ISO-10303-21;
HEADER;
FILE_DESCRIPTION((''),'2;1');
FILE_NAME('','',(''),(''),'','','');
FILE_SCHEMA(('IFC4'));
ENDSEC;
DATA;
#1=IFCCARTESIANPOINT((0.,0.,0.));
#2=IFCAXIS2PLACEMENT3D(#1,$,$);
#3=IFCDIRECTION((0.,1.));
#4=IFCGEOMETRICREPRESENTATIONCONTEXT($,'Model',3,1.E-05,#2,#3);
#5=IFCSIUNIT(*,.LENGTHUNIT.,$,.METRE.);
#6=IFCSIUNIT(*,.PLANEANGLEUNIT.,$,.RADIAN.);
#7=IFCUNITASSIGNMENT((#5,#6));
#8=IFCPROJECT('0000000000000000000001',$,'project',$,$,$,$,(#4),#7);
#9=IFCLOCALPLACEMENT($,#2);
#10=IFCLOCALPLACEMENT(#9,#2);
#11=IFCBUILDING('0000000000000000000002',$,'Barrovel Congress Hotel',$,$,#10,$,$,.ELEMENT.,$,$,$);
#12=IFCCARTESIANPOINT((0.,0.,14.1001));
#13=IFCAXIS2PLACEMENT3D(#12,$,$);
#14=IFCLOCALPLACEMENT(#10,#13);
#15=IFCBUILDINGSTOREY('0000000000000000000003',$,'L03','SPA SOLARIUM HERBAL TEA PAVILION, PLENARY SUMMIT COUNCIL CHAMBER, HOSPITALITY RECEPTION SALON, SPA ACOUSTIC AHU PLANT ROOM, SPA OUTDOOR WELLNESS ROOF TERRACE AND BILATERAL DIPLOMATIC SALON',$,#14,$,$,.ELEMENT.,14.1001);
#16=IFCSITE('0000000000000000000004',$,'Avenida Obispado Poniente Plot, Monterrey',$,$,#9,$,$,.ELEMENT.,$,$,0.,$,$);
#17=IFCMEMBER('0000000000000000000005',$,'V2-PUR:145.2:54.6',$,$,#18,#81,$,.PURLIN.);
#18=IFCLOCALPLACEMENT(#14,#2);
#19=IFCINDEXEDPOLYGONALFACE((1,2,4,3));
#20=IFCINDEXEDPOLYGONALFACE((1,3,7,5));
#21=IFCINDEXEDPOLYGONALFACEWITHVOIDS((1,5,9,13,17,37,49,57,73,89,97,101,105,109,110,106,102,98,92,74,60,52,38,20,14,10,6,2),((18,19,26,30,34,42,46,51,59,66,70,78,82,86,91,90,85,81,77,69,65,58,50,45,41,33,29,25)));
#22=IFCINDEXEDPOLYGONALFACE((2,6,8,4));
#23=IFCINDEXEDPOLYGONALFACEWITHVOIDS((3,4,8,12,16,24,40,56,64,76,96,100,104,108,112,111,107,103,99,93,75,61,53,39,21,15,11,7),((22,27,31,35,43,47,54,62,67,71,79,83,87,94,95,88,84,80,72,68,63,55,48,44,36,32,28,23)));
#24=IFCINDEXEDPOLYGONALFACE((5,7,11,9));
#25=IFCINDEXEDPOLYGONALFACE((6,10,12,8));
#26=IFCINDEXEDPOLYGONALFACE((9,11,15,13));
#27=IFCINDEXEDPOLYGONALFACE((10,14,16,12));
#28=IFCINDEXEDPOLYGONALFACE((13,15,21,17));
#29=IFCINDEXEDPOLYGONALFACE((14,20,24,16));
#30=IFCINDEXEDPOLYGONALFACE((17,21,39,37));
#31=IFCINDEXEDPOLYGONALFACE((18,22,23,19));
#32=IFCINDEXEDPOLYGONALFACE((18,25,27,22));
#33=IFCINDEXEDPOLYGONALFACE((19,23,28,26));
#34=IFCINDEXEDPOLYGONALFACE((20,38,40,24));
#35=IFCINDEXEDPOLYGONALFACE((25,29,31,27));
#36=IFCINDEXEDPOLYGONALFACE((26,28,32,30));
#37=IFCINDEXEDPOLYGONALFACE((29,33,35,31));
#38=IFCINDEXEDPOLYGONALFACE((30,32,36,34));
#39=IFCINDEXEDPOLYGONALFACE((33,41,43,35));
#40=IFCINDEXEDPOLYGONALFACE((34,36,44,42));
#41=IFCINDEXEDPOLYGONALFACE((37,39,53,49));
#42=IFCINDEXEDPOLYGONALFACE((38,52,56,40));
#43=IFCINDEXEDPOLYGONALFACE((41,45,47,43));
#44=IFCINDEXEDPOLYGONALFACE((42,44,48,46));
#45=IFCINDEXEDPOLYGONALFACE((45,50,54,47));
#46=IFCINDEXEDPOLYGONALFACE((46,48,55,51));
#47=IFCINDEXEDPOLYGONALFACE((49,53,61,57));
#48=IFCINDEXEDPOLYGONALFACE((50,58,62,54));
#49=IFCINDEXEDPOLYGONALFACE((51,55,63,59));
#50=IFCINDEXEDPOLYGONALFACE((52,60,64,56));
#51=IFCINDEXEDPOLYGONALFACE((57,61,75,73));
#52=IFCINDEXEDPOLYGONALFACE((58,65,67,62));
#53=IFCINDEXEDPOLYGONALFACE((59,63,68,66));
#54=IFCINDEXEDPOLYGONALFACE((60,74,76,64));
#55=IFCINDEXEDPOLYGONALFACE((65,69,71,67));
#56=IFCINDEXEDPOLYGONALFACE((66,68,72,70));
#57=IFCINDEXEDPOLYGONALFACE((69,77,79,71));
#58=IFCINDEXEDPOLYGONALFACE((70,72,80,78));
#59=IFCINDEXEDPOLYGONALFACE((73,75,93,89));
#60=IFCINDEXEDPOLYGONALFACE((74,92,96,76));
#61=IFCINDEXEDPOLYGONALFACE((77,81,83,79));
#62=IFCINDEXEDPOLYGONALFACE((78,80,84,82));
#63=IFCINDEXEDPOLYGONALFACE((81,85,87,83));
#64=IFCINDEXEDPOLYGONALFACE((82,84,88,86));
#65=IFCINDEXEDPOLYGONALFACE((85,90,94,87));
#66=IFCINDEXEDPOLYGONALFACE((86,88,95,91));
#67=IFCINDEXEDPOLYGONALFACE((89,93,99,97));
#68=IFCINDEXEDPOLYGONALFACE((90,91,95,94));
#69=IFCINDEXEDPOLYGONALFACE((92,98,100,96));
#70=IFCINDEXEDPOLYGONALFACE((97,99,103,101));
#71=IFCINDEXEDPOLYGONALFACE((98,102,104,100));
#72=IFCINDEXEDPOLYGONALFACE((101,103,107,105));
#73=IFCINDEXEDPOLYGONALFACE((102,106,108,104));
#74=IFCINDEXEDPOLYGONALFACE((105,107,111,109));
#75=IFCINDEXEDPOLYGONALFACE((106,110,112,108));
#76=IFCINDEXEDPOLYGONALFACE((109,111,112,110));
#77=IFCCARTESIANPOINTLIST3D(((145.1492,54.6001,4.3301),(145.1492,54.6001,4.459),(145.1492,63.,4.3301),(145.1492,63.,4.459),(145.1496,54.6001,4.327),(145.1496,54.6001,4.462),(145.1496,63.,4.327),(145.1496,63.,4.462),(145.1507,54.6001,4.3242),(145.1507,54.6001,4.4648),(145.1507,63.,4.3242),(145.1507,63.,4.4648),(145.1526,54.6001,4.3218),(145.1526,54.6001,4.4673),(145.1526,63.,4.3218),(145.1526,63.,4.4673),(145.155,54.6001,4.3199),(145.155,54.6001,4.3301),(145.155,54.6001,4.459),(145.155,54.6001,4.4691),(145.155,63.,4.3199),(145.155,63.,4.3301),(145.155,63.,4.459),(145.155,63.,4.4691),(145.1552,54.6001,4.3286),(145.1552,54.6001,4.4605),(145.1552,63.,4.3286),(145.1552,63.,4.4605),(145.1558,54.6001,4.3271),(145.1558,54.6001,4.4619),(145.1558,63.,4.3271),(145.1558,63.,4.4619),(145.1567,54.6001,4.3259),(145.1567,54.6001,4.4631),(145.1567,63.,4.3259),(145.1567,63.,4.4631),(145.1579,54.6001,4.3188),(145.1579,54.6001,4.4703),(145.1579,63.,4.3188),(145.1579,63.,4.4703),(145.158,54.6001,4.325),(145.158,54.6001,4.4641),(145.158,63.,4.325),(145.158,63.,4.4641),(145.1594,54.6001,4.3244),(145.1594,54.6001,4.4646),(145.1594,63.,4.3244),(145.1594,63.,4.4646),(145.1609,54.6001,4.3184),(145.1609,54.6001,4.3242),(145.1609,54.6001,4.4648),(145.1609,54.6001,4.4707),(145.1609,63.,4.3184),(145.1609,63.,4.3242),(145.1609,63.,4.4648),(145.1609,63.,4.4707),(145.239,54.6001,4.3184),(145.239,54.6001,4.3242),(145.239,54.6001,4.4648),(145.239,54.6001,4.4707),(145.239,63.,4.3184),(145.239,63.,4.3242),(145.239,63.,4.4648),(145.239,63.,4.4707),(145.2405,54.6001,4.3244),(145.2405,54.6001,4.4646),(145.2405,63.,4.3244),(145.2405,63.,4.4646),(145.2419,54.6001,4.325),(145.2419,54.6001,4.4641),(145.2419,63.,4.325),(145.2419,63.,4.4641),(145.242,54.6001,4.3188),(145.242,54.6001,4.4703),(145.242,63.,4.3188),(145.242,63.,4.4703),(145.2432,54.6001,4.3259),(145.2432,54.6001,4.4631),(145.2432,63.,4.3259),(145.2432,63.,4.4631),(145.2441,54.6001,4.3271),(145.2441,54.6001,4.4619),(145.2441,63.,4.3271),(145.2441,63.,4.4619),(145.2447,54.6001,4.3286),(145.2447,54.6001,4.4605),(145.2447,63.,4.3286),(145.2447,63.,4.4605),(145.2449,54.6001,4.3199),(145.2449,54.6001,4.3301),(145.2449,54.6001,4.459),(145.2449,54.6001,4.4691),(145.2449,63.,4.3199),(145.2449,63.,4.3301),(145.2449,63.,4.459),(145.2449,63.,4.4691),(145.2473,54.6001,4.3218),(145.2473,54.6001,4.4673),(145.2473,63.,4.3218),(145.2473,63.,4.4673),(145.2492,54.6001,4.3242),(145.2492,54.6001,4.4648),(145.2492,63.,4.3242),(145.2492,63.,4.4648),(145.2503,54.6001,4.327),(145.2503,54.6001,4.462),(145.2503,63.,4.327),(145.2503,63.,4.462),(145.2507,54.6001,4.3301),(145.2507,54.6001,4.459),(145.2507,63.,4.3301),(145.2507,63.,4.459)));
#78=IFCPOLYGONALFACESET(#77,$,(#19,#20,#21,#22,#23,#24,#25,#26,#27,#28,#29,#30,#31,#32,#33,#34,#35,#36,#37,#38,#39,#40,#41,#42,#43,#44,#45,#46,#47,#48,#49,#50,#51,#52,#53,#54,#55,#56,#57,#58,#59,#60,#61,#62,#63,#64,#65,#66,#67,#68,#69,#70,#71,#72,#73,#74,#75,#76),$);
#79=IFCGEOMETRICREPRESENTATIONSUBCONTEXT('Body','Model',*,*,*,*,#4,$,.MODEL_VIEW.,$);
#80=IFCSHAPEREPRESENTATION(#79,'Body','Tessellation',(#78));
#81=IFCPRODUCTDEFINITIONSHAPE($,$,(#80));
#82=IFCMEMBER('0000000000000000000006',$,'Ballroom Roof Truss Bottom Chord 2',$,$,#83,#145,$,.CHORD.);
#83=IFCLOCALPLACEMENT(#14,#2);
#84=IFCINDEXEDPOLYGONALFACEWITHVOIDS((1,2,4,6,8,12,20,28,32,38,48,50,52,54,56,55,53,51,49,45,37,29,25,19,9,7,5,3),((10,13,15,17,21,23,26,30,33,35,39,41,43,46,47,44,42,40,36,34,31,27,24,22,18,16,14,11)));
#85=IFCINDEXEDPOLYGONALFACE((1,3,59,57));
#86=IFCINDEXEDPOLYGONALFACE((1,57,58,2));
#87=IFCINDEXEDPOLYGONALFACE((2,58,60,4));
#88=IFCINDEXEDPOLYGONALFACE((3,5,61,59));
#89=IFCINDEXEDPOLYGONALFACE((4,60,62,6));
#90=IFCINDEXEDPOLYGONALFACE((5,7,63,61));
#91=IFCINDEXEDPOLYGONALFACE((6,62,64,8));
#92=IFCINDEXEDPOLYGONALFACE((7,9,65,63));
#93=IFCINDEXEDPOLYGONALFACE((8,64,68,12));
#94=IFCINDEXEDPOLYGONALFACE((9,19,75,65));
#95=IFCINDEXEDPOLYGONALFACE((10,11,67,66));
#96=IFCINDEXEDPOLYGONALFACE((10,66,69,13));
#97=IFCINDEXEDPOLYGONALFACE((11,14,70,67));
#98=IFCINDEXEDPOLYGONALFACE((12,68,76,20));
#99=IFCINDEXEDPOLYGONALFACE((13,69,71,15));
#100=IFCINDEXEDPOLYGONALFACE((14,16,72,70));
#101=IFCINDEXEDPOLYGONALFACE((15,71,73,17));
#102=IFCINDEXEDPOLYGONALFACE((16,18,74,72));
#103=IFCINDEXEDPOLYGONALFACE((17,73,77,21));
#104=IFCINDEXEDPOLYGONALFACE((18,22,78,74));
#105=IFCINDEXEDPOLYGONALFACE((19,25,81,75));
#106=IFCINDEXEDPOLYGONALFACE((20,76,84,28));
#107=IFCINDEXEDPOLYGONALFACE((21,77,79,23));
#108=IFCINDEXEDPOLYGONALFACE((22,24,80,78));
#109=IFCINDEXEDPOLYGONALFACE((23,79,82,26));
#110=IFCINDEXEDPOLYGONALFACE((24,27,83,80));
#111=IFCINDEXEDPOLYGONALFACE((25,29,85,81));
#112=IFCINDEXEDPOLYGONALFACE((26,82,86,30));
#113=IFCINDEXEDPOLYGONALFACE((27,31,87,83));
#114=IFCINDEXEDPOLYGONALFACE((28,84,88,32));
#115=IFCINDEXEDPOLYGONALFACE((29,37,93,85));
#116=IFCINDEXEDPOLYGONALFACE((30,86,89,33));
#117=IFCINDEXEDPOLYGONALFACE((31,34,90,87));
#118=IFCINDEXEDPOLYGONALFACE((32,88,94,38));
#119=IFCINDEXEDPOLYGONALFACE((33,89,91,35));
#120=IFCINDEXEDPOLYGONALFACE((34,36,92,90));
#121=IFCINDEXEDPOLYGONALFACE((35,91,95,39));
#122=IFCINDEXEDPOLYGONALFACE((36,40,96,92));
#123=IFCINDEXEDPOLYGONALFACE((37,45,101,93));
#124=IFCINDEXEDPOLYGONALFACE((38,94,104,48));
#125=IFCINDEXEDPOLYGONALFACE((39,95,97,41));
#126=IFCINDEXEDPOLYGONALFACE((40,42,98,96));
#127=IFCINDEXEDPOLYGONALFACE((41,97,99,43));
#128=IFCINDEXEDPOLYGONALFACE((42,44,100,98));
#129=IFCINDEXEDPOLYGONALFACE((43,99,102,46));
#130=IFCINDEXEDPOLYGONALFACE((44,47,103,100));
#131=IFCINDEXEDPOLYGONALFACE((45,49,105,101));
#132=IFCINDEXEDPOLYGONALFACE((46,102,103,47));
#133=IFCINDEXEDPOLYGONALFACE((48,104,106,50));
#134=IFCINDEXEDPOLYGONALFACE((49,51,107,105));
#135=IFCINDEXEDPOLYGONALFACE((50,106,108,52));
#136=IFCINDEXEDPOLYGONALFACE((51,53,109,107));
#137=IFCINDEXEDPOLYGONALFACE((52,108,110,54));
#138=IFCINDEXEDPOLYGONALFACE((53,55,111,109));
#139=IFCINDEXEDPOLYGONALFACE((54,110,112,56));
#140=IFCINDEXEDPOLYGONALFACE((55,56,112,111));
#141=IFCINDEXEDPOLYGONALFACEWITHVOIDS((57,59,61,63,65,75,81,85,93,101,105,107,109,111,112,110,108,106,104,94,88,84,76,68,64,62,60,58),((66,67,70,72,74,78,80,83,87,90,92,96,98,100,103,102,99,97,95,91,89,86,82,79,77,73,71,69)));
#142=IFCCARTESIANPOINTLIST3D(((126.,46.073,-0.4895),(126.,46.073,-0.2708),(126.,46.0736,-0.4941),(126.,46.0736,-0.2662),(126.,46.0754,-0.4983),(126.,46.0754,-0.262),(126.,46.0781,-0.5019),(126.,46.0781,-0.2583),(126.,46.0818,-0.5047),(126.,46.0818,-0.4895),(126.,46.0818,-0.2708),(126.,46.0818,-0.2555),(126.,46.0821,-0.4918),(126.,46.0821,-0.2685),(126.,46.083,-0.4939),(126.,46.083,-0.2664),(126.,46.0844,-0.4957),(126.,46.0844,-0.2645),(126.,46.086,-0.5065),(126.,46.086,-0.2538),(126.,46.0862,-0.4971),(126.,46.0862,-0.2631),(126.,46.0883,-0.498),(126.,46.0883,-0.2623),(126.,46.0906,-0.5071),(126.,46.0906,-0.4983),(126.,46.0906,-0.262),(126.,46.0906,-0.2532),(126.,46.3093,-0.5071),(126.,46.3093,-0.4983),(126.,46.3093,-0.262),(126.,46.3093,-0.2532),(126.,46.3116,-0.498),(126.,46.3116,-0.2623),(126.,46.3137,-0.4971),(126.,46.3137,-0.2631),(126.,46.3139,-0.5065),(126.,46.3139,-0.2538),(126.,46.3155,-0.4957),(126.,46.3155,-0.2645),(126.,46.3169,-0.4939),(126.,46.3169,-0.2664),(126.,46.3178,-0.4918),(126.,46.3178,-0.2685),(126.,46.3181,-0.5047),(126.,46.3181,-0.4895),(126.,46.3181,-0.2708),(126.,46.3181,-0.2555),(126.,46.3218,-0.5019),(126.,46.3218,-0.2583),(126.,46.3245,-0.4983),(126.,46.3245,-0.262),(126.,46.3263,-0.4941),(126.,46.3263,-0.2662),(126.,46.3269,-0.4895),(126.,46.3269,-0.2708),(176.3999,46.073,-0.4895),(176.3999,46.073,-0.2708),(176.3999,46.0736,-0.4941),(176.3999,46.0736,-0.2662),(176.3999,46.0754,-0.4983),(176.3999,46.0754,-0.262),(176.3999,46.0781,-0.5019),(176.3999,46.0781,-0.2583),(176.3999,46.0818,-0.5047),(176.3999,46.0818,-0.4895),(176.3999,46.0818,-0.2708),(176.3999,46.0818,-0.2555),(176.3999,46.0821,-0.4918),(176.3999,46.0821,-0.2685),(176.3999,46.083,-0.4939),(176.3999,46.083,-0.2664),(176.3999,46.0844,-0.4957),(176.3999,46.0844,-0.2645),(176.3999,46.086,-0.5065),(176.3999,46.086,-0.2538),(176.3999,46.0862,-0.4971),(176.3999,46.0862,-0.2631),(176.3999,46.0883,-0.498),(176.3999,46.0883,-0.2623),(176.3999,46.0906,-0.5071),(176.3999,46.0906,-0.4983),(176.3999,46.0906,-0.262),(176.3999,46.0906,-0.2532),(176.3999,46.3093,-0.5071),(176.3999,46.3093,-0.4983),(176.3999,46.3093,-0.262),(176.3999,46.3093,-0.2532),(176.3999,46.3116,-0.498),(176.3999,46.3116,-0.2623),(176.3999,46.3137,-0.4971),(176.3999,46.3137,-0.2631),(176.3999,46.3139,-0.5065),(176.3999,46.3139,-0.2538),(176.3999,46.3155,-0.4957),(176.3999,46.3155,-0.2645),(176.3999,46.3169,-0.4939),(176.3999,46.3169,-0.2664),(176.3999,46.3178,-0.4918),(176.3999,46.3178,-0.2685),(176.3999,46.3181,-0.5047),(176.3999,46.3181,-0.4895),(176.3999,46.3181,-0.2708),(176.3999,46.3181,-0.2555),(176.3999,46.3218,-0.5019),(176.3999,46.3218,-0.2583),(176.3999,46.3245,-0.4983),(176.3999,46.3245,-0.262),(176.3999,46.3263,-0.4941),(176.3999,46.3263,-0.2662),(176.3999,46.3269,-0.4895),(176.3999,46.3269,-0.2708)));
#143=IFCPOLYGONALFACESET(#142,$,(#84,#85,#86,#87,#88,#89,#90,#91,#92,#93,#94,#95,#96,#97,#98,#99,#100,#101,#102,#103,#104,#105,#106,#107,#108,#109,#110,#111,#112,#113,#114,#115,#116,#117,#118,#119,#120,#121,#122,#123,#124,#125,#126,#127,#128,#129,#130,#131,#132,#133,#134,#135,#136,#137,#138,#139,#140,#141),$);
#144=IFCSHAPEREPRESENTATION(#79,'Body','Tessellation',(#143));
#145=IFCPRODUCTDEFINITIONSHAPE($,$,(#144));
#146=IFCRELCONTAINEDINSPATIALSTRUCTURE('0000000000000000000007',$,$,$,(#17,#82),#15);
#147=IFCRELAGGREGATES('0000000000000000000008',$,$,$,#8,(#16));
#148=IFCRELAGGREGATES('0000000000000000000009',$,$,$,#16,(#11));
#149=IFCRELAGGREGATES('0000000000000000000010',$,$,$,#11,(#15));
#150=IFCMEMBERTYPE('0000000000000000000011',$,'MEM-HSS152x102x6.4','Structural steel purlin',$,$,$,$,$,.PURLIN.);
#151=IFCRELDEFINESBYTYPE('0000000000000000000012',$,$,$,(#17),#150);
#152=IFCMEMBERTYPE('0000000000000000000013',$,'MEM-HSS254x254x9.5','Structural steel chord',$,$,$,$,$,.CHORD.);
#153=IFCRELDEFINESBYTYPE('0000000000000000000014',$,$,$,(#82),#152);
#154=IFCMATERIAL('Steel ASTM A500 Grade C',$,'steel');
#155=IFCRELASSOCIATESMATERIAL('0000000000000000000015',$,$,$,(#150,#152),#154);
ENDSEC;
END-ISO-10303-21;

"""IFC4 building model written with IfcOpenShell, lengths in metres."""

from ifc_helpers import new_model, si_unit, direction, frame, origin, origin_2d, place, context, subcontext, project, spatial, hollow_rectangle, extrude, material, material_profile, profile_set, type_object, element, save


model = new_model("IFC4")

# Units and contexts
model_context = context("Model", 3, precision=1e-05, world=origin(), true_north=direction((0.0, 1.0)))
body_context = subcontext(model_context, "Body", "Model", "MODEL_VIEW")
ifc_project = project(units=[si_unit("LENGTHUNIT", "METRE"), si_unit("PLANEANGLEUNIT", "RADIAN")], contexts=[model_context])

# Site, building, storey
site_placement = place(None, origin())
site = spatial("IfcSite", under=ifc_project, at=site_placement, Name="Avenida Obispado Poniente Plot, Monterrey", CompositionType="ELEMENT", RefElevation=0.0)
building_placement = place(site_placement, origin())
building = spatial("IfcBuilding", under=site, at=building_placement, Name="Barrovel Congress Hotel", CompositionType="ELEMENT")
storey_placement = place(building_placement, frame((0.0, 0.0, 14.1001)))
storey = spatial("IfcBuildingStorey", under=building, at=storey_placement, Name="L03", Description="SPA SOLARIUM HERBAL TEA PAVILION, PLENARY SUMMIT COUNCIL CHAMBER, HOSPITALITY RECEPTION SALON, SPA ACOUSTIC AHU PLANT ROOM, SPA OUTDOOR WELLNESS ROOF TERRACE AND BILATERAL DIPLOMATIC SALON", CompositionType="ELEMENT", Elevation=14.1001)

# Members
ifc_material_1 = material(Name="Steel ASTM A500 Grade C", Category="steel")
ifc_material_profile_1 = material_profile(ifc_material_1, hollow_rectangle(XDim=0.1016, YDim=0.1523, WallThickness=0.0059, InnerFilletRadius=0.0059, OuterFilletRadius=0.0117, at=origin_2d()), Name="HSS152x102x6.4")
ifc_profile_set_1 = profile_set([ifc_material_profile_1], Name="Steel ASTM A500 Grade C")
member_type_1 = type_object("IfcMemberType", Name="MEM-HSS152x102x6.4", Description="Structural steel purlin", PredefinedType="PURLIN", material=ifc_profile_set_1)
member_1_placement = place(storey_placement, frame((145.2, 54.6001, 4.3945), z_axis=(0.0, 1.0, 0.0), x_axis=(-1.0, 0.0, 0.0)))
element("IfcMember", 1, at=member_1_placement, inside=storey, type_object=member_type_1, Name="V2-PUR:145.2:54.6", PredefinedType="PURLIN", context=body_context, shape_type="SweptSolid", body=[
    extrude(hollow_rectangle(XDim=0.1016, YDim=0.1523, WallThickness=0.0059, InnerFilletRadius=0.0059, OuterFilletRadius=0.0117, at=origin_2d()), origin(), (0.0, 0.0, 1.0), 8.3999),
])
ifc_material_profile_2 = material_profile(ifc_material_1, hollow_rectangle(XDim=0.2539, YDim=0.2539, WallThickness=0.0088, InnerFilletRadius=0.0088, OuterFilletRadius=0.0176, at=origin_2d()), Name="HSS254x254x9.5")
ifc_profile_set_2 = profile_set([ifc_material_profile_2], Name="Steel ASTM A500 Grade C")
member_type_2 = type_object("IfcMemberType", Name="MEM-HSS254x254x9.5", Description="Structural steel chord", PredefinedType="CHORD", material=ifc_profile_set_2)
for number, where, z_axis, x_axis, name in (
    (2, (126.0, 46.2, -0.3801), (1.0, 0.0, 0.0), (0.0, 1.0, 0.0), "Ballroom Roof Truss Bottom Chord 2"),
):
    element("IfcMember", number, at=place(storey_placement, frame(where, z_axis=z_axis, x_axis=x_axis)), inside=storey, type_object=member_type_2, Name=name, PredefinedType="CHORD", context=body_context, shape_type="SweptSolid", body=[
        extrude(hollow_rectangle(XDim=0.2539, YDim=0.2539, WallThickness=0.0088, InnerFilletRadius=0.0088, OuterFilletRadius=0.0176, at=origin_2d()), origin(), (0.0, 0.0, 1.0), 50.3999),
    ])

save(model, "model.ifc")
